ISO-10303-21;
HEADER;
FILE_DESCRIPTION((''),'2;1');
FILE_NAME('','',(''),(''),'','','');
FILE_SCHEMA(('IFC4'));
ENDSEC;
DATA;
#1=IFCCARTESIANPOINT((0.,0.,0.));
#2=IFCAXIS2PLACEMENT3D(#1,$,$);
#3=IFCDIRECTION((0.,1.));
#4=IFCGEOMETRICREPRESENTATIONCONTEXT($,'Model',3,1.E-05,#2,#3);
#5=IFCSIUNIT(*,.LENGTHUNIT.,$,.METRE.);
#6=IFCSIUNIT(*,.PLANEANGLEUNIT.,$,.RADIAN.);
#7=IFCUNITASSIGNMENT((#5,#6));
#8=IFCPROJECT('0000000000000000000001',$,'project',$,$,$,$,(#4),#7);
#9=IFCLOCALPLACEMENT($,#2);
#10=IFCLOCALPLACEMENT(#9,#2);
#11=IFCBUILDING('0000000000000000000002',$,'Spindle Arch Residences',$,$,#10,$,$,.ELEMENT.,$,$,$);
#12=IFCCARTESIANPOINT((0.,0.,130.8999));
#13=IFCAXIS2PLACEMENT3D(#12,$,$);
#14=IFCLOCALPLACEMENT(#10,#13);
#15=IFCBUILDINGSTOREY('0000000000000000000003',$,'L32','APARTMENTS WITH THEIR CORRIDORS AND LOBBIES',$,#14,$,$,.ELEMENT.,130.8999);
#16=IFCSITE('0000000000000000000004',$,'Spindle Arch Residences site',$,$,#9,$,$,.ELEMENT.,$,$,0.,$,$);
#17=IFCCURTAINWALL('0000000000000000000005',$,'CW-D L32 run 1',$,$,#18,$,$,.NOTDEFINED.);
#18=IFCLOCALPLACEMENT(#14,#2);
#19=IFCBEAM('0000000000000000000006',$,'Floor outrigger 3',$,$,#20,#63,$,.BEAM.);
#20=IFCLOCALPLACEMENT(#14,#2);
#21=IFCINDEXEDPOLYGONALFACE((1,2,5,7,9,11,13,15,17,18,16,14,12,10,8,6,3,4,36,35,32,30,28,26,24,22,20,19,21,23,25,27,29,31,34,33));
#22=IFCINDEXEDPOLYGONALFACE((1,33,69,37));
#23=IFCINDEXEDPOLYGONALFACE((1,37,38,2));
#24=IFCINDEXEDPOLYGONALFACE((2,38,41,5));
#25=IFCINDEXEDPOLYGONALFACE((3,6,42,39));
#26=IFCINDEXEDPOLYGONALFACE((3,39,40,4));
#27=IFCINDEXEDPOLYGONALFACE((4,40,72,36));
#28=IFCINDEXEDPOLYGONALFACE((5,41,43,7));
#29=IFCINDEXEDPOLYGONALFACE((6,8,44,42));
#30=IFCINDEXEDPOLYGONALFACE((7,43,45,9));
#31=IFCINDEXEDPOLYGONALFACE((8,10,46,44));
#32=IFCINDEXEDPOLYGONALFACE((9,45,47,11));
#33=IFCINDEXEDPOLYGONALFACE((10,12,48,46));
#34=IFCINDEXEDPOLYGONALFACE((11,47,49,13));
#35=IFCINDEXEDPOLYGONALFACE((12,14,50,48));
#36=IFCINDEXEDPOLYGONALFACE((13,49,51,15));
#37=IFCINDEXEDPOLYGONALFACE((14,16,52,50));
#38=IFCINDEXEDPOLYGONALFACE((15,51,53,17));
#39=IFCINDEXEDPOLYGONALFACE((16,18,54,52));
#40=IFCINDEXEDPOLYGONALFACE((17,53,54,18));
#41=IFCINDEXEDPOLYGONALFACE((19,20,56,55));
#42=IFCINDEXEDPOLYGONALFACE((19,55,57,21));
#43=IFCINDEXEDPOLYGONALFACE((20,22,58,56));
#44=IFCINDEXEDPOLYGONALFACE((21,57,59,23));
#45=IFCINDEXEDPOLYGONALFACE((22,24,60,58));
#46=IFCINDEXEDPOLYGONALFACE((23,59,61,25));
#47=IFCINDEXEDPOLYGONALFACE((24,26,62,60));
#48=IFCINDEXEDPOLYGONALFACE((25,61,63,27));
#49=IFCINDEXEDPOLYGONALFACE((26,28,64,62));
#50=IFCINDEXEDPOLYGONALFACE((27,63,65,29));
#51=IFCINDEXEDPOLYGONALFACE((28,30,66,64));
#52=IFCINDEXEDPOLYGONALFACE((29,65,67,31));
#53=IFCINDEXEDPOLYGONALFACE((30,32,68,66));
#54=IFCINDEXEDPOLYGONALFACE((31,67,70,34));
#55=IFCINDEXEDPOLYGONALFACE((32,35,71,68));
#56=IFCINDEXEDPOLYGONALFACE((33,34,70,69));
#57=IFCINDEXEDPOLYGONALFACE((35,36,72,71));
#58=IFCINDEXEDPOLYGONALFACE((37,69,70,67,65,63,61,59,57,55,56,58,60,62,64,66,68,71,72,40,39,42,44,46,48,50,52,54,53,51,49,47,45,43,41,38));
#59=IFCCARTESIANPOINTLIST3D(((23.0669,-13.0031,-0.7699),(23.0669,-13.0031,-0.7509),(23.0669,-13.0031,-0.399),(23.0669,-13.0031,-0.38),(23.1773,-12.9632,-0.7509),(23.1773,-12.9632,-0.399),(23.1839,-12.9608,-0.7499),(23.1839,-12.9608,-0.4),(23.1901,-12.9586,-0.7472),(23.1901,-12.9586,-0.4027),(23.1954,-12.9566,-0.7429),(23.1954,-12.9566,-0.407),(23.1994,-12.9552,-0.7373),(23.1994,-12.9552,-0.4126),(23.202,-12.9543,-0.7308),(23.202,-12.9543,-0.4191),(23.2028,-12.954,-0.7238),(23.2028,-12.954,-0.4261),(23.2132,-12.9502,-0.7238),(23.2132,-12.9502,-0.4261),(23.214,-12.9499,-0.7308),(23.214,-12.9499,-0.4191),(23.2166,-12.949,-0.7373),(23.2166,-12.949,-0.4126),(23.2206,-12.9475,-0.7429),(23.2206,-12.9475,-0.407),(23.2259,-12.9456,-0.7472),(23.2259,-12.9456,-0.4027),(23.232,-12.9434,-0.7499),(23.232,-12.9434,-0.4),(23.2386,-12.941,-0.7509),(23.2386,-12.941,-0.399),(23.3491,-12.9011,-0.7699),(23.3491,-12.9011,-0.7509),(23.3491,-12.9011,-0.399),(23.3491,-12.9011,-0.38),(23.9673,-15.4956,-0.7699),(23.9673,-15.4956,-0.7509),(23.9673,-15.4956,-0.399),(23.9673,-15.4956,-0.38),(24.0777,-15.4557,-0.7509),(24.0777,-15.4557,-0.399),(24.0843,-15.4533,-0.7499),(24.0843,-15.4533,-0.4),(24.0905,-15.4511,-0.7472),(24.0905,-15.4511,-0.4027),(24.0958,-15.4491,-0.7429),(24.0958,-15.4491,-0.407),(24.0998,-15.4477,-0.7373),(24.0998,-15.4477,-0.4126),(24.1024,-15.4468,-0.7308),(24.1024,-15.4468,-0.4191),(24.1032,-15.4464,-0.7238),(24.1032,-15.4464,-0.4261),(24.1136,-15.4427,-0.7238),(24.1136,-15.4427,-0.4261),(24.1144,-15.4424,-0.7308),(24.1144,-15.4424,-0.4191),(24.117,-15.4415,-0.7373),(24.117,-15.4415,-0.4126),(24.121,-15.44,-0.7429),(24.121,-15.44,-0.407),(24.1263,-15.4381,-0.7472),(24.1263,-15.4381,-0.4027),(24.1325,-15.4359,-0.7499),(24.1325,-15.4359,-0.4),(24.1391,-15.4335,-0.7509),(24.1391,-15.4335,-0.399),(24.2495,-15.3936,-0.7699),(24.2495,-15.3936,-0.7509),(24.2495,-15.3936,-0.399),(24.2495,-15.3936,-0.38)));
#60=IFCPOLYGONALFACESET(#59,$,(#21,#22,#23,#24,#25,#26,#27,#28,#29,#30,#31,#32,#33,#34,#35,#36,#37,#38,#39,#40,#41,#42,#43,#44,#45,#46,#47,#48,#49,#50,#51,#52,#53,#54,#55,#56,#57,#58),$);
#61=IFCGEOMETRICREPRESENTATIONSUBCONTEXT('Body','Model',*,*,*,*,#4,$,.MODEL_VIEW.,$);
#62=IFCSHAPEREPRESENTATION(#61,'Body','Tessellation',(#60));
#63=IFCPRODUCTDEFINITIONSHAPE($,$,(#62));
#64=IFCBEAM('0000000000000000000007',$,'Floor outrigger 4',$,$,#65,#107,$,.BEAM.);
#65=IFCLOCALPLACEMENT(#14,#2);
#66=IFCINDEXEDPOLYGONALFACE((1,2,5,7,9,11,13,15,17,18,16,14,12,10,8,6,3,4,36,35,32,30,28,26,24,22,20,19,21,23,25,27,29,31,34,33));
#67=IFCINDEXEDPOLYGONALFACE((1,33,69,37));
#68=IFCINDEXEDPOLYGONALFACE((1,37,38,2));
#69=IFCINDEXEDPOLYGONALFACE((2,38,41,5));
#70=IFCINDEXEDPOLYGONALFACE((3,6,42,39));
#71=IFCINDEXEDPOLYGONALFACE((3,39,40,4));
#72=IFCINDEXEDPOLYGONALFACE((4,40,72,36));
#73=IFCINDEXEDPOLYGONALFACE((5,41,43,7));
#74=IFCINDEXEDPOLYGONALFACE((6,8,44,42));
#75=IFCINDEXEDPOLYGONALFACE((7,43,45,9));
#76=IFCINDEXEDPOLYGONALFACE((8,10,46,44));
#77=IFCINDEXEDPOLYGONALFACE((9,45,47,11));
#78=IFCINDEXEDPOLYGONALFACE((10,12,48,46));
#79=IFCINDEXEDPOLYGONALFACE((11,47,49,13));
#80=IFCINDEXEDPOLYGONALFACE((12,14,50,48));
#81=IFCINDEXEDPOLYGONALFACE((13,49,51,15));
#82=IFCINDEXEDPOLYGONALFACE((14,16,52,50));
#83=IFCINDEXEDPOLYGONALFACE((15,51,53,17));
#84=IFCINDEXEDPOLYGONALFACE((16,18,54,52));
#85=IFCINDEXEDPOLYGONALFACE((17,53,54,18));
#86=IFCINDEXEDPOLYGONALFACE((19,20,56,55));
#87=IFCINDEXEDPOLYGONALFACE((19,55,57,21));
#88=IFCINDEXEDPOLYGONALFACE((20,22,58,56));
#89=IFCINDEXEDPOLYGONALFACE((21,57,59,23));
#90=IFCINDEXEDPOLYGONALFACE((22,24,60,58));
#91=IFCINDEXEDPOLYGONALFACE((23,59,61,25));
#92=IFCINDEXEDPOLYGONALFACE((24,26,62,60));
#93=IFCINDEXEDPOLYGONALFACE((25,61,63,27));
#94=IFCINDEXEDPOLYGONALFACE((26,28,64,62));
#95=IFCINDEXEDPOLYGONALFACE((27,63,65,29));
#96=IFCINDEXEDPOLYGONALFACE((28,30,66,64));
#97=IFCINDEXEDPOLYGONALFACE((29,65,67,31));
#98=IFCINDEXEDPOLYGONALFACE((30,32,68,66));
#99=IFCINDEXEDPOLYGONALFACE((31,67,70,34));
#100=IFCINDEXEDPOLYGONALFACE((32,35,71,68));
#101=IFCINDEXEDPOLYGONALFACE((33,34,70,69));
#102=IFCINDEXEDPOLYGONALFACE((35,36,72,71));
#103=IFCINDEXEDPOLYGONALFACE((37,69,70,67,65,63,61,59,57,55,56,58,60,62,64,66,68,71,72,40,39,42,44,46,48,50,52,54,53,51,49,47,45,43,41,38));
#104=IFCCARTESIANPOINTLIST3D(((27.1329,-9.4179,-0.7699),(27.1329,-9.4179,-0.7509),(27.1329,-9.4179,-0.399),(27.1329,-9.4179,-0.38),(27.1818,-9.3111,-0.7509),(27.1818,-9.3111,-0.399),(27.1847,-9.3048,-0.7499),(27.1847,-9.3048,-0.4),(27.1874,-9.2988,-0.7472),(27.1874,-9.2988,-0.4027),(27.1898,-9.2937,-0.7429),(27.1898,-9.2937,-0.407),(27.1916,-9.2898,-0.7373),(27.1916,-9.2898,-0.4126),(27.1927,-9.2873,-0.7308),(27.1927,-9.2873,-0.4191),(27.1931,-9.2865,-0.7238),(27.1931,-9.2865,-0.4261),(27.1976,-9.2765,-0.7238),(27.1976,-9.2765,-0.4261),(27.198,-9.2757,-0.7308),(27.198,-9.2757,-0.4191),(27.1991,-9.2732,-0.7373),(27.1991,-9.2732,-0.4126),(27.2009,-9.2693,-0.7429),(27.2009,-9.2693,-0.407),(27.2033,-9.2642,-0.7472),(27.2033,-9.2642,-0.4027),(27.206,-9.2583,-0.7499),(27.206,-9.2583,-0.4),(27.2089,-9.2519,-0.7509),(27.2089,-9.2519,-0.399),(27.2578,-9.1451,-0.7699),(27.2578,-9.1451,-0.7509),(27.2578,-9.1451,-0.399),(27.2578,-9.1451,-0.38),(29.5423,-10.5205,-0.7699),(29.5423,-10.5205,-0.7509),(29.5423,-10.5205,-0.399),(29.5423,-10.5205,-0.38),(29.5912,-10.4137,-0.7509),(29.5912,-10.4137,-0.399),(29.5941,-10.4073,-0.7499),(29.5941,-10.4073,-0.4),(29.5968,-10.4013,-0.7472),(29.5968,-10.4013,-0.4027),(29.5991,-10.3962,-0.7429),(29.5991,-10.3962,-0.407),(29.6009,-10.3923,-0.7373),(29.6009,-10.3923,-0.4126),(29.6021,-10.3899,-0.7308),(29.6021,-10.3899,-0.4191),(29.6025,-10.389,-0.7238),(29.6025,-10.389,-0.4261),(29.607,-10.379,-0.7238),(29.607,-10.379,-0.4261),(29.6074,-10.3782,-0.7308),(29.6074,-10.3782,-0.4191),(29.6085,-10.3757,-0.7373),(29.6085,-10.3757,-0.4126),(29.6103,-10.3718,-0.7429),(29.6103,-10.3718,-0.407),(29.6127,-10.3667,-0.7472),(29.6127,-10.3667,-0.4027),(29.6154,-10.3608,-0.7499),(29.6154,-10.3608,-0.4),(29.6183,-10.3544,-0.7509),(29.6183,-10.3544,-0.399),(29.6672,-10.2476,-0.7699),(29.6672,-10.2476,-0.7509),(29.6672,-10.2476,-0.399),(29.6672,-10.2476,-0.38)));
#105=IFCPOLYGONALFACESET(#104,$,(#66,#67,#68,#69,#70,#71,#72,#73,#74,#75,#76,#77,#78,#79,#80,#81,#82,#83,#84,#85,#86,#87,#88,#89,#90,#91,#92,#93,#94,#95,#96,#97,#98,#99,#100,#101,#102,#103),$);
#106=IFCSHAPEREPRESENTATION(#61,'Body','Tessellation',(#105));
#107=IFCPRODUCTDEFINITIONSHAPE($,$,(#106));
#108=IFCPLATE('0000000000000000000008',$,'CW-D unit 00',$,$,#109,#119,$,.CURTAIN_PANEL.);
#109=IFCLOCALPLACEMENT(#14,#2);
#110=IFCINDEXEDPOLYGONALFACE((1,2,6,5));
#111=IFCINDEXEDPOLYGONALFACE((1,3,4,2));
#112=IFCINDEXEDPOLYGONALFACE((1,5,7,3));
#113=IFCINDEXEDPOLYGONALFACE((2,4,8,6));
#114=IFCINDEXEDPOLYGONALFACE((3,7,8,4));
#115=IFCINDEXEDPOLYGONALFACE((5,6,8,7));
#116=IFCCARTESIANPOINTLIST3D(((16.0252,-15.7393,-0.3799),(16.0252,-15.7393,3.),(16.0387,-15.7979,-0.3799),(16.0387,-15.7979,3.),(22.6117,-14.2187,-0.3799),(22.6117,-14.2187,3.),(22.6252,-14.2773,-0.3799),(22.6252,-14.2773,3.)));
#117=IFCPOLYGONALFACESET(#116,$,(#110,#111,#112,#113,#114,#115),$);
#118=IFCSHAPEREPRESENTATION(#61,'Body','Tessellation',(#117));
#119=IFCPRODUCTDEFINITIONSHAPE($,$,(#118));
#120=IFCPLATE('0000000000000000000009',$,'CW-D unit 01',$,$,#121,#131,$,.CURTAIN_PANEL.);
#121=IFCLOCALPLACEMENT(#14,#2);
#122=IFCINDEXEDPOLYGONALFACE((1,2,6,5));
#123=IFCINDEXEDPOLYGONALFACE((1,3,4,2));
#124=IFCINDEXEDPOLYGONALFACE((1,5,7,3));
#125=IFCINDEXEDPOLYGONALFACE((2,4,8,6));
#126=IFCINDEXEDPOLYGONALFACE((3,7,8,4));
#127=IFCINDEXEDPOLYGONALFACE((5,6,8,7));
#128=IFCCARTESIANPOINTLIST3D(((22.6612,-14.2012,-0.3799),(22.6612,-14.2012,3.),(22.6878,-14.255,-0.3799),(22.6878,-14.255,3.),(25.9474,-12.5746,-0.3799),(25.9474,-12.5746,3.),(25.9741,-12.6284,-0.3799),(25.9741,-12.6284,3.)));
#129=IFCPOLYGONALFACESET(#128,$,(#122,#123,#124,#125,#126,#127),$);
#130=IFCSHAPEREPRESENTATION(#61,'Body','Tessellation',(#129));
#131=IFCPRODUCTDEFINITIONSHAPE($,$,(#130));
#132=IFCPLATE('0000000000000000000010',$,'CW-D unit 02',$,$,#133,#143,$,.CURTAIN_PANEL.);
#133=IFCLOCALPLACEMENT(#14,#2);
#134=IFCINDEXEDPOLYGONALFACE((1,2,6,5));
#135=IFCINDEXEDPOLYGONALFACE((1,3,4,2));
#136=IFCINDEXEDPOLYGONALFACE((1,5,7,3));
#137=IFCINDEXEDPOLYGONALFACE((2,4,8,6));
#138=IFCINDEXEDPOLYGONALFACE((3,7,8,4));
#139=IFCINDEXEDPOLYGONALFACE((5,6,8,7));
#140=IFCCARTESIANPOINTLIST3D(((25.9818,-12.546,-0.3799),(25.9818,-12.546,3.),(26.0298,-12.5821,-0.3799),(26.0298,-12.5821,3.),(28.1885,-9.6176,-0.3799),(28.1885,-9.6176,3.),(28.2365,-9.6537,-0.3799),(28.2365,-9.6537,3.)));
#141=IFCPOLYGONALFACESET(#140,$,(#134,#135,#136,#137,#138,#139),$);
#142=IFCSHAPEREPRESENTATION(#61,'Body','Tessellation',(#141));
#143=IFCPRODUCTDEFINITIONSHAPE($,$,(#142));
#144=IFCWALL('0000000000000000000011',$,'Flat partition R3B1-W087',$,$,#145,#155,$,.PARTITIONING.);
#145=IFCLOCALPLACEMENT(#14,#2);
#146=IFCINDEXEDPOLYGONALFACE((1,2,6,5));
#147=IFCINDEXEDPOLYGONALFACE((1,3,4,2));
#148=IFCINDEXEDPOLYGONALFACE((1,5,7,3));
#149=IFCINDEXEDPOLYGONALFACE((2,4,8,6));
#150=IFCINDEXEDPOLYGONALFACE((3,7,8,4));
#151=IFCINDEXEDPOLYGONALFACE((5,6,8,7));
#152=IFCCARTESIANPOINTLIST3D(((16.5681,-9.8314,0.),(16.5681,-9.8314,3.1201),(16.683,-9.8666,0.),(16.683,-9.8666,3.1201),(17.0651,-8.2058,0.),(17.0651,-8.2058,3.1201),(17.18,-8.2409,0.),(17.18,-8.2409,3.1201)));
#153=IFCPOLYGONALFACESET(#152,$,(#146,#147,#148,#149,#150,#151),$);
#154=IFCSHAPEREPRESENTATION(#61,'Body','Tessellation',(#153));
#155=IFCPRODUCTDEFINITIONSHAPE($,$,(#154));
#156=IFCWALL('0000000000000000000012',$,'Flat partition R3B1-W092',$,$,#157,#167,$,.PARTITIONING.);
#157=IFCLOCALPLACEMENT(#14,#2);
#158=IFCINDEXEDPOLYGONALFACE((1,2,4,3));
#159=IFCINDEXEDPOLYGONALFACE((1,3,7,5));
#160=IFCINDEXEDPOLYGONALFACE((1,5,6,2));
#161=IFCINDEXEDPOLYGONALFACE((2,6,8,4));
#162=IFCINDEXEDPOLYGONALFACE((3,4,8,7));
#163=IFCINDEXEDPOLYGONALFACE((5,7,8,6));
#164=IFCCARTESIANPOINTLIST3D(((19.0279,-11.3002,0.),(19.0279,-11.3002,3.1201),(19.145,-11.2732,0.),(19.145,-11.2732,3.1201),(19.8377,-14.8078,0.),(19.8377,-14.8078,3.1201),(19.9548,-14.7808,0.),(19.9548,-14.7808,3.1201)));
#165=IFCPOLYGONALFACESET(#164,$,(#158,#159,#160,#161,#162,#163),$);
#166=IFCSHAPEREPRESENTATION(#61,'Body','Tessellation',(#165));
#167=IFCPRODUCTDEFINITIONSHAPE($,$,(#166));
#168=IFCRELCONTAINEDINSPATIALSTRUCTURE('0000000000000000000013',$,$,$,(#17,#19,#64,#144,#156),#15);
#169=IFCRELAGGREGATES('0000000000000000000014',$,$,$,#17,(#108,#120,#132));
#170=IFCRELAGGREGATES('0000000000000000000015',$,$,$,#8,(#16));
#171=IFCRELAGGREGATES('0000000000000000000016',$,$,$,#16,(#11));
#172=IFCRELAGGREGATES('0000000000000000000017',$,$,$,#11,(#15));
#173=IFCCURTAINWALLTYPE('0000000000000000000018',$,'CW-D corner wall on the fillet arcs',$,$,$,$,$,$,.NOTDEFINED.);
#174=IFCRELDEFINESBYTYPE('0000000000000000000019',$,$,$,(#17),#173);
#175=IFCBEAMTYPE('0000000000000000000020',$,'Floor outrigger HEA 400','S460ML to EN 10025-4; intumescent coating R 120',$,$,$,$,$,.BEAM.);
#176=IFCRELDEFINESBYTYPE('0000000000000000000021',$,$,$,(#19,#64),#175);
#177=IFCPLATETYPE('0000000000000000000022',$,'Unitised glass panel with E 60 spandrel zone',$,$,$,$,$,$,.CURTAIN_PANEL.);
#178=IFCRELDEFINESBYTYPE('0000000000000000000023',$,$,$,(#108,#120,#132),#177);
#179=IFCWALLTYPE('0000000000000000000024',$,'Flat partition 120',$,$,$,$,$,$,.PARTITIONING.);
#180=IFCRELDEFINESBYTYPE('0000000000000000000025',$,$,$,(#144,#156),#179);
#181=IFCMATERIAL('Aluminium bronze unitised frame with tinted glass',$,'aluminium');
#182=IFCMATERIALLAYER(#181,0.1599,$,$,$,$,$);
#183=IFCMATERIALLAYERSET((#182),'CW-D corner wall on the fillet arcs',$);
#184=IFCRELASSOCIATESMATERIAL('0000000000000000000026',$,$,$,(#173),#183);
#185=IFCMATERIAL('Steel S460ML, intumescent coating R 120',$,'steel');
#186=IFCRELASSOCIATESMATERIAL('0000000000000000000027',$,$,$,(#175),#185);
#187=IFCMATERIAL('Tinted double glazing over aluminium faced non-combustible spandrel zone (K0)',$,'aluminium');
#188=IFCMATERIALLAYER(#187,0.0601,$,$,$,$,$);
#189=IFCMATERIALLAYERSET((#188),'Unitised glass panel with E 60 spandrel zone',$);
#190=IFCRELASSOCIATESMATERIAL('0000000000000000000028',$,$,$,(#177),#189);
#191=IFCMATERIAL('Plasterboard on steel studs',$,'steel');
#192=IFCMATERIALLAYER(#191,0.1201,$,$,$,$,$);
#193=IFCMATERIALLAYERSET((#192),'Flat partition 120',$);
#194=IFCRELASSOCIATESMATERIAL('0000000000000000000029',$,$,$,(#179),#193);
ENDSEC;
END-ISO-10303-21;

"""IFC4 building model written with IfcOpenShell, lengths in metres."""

from ifc_helpers import new_model, si_unit, direction, frame, frame_2d, origin, origin_2d, place, context, subcontext, project, spatial, rectangle, i_section, extrude, material, layer, layer_set, material_profile, profile_set, type_object, element, aggregate, save


model = new_model("IFC4")

# Units and contexts
model_context = context("Model", 3, precision=1e-05, world=origin(), true_north=direction((0.0, 1.0)))
body_context = subcontext(model_context, "Body", "Model", "MODEL_VIEW")
ifc_project = project(units=[si_unit("LENGTHUNIT", "METRE"), si_unit("PLANEANGLEUNIT", "RADIAN")], contexts=[model_context])

# Site, building, storey
site_placement = place(None, origin())
site = spatial("IfcSite", under=ifc_project, at=site_placement, Name="Spindle Arch Residences site", CompositionType="ELEMENT", RefElevation=0.0)
building_placement = place(site_placement, origin())
building = spatial("IfcBuilding", under=site, at=building_placement, Name="Spindle Arch Residences", CompositionType="ELEMENT")
storey_placement = place(building_placement, frame((0.0, 0.0, 130.8999)))
storey = spatial("IfcBuildingStorey", under=building, at=storey_placement, Name="L32", Description="APARTMENTS WITH THEIR CORRIDORS AND LOBBIES", CompositionType="ELEMENT", Elevation=130.8999)

# Curtain wall
ifc_material_1 = material(Name="Aluminium bronze unitised frame with tinted glass", Category="aluminium")
ifc_layer_1 = layer(ifc_material_1, 0.1599)
ifc_layer_set_1 = layer_set([ifc_layer_1], Name="CW-D corner wall on the fillet arcs")
curtain_wall_type = type_object("IfcCurtainWallType", Name="CW-D corner wall on the fillet arcs", PredefinedType="NOTDEFINED", material=ifc_layer_set_1)
curtain_wall_placement = place(storey_placement, origin())
curtain_wall = element("IfcCurtainWall", 1, at=curtain_wall_placement, inside=storey, type_object=curtain_wall_type, Name="CW-D L32 run 1", PredefinedType="NOTDEFINED")

# Beams
ifc_material_2 = material(Name="Steel S460ML, intumescent coating R 120", Category="steel")
ifc_material_profile_1 = material_profile(ifc_material_2, i_section(OverallWidth=0.3, OverallDepth=0.3899, WebThickness=0.011, FlangeThickness=0.019, FilletRadius=0.0271, at=origin_2d()), Name="HEA 400")
ifc_profile_set_1 = profile_set([ifc_material_profile_1], Name="Steel S460ML, intumescent coating R 120")
beam_type_1 = type_object("IfcBeamType", Name="Floor outrigger HEA 400", Description="S460ML to EN 10025-4; intumescent coating R 120", PredefinedType="BEAM", material=ifc_profile_set_1)
beam_1_placement = place(storey_placement, frame((24.1084, -15.4446, -0.575), z_axis=(-0.33976, 0.940512, 0.0), x_axis=(-0.940512, -0.33976, 0.0)))
element("IfcBeam", 2, at=beam_1_placement, inside=storey, type_object=beam_type_1, Name="Floor outrigger 3", PredefinedType="BEAM", context=body_context, shape_type="SweptSolid", body=[
    extrude(i_section(OverallWidth=0.3, OverallDepth=0.3899, WebThickness=0.011, FlangeThickness=0.019, FilletRadius=0.0271, at=origin_2d()), origin(), (0.0, 0.0, 1.0), 2.6501),
])
beam_2_placement = place(storey_placement, frame((29.6047, -10.384, -0.575), z_axis=(-0.909319, 0.416099, 0.0), x_axis=(-0.416099, -0.909319, 0.0)))
element("IfcBeam", 3, at=beam_2_placement, inside=storey, type_object=beam_type_1, Name="Floor outrigger 4", PredefinedType="BEAM", context=body_context, shape_type="SweptSolid", body=[
    extrude(i_section(OverallWidth=0.3, OverallDepth=0.3899, WebThickness=0.011, FlangeThickness=0.019, FilletRadius=0.0271, at=origin_2d()), origin(), (0.0, 0.0, 1.0), 2.6497),
])

# Plates
ifc_material_3 = material(Name="Tinted double glazing over aluminium faced non-combustible spandrel zone (K0)", Category="aluminium")
ifc_layer_2 = layer(ifc_material_3, 0.0601)
ifc_layer_set_2 = layer_set([ifc_layer_2], Name="Unitised glass panel with E 60 spandrel zone")
plate_type = type_object("IfcPlateType", Name="Unitised glass panel with E 60 spandrel zone", PredefinedType="CURTAIN_PANEL", material=ifc_layer_set_2)
plate_1_placement = place(storey_placement, frame((19.3252, -15.0083, -0.3799), z_axis=(0.0, 0.0, 1.0), x_axis=(0.97437, 0.224951, 0.0)))
plate_1 = element("IfcPlate", 4, at=plate_1_placement, type_object=plate_type, Name="CW-D unit 00", PredefinedType="CURTAIN_PANEL", context=body_context, shape_type="SweptSolid", body=[
    extrude(rectangle(XDim=6.7598, YDim=0.0601, at=origin_2d()), origin(), (0.0, 0.0, 1.0), 3.3799),
])
plate_2_placement = place(storey_placement, frame((24.3176, -13.4148, -0.3799), z_axis=(0.0, 0.0, 1.0), x_axis=(0.896229, 0.443593, 0.0)))
plate_2 = element("IfcPlate", 5, at=plate_2_placement, type_object=plate_type, Name="CW-D unit 01", PredefinedType="CURTAIN_PANEL", context=body_context, shape_type="SweptSolid", body=[
    extrude(rectangle(XDim=3.6667, YDim=0.0601, at=origin_2d()), origin(), (0.0, 0.0, 1.0), 3.3799),
])
plate_3_placement = place(storey_placement, frame((27.1091, -11.0999, -0.3799), z_axis=(0.0, 0.0, 1.0), x_axis=(0.601815, 0.798636, 0.0)))
plate_3 = element("IfcPlate", 6, at=plate_3_placement, type_object=plate_type, Name="CW-D unit 02", PredefinedType="CURTAIN_PANEL", context=body_context, shape_type="SweptSolid", body=[
    extrude(rectangle(XDim=3.6667, YDim=0.0601, at=origin_2d()), origin(), (0.0, 0.0, 1.0), 3.3799),
])
aggregate(curtain_wall, [plate_1, plate_2, plate_3])

# Walls
ifc_material_4 = material(Name="Plasterboard on steel studs", Category="steel")
ifc_layer_3 = layer(ifc_material_4, 0.1201)
ifc_layer_set_3 = layer_set([ifc_layer_3], Name="Flat partition 120")
wall_type_1 = type_object("IfcWallType", Name="Flat partition 120", PredefinedType="PARTITIONING", material=ifc_layer_set_3)
wall_1_placement = place(storey_placement, frame((16.6255, -9.8491, 0.0), z_axis=(0.0, 0.0, 1.0), x_axis=(0.29239, 0.956299, 0.0)))
element("IfcWall", 7, at=wall_1_placement, inside=storey, type_object=wall_type_1, Name="Flat partition R3B1-W087", PredefinedType="PARTITIONING", context=body_context, shape_type="SweptSolid", body=[
    extrude(rectangle(XDim=1.7, YDim=0.1201, at=frame_2d((0.8501, 0.0))), origin(), (0.0, 0.0, 1.0), 3.1201),
])
wall_2_placement = place(storey_placement, frame((19.8962, -14.7942, 0.0), z_axis=(0.0, 0.0, 1.0), x_axis=(-0.224959, 0.974368, 0.0)))
element("IfcWall", 8, at=wall_2_placement, inside=storey, type_object=wall_type_1, Name="Flat partition R3B1-W092", PredefinedType="PARTITIONING", context=body_context, shape_type="SweptSolid", body=[
    extrude(rectangle(XDim=3.5999, YDim=0.1201, at=frame_2d((1.7998, 0.0))), origin(), (0.0, 0.0, 1.0), 3.1201),
])

save(model, "model.ifc")
